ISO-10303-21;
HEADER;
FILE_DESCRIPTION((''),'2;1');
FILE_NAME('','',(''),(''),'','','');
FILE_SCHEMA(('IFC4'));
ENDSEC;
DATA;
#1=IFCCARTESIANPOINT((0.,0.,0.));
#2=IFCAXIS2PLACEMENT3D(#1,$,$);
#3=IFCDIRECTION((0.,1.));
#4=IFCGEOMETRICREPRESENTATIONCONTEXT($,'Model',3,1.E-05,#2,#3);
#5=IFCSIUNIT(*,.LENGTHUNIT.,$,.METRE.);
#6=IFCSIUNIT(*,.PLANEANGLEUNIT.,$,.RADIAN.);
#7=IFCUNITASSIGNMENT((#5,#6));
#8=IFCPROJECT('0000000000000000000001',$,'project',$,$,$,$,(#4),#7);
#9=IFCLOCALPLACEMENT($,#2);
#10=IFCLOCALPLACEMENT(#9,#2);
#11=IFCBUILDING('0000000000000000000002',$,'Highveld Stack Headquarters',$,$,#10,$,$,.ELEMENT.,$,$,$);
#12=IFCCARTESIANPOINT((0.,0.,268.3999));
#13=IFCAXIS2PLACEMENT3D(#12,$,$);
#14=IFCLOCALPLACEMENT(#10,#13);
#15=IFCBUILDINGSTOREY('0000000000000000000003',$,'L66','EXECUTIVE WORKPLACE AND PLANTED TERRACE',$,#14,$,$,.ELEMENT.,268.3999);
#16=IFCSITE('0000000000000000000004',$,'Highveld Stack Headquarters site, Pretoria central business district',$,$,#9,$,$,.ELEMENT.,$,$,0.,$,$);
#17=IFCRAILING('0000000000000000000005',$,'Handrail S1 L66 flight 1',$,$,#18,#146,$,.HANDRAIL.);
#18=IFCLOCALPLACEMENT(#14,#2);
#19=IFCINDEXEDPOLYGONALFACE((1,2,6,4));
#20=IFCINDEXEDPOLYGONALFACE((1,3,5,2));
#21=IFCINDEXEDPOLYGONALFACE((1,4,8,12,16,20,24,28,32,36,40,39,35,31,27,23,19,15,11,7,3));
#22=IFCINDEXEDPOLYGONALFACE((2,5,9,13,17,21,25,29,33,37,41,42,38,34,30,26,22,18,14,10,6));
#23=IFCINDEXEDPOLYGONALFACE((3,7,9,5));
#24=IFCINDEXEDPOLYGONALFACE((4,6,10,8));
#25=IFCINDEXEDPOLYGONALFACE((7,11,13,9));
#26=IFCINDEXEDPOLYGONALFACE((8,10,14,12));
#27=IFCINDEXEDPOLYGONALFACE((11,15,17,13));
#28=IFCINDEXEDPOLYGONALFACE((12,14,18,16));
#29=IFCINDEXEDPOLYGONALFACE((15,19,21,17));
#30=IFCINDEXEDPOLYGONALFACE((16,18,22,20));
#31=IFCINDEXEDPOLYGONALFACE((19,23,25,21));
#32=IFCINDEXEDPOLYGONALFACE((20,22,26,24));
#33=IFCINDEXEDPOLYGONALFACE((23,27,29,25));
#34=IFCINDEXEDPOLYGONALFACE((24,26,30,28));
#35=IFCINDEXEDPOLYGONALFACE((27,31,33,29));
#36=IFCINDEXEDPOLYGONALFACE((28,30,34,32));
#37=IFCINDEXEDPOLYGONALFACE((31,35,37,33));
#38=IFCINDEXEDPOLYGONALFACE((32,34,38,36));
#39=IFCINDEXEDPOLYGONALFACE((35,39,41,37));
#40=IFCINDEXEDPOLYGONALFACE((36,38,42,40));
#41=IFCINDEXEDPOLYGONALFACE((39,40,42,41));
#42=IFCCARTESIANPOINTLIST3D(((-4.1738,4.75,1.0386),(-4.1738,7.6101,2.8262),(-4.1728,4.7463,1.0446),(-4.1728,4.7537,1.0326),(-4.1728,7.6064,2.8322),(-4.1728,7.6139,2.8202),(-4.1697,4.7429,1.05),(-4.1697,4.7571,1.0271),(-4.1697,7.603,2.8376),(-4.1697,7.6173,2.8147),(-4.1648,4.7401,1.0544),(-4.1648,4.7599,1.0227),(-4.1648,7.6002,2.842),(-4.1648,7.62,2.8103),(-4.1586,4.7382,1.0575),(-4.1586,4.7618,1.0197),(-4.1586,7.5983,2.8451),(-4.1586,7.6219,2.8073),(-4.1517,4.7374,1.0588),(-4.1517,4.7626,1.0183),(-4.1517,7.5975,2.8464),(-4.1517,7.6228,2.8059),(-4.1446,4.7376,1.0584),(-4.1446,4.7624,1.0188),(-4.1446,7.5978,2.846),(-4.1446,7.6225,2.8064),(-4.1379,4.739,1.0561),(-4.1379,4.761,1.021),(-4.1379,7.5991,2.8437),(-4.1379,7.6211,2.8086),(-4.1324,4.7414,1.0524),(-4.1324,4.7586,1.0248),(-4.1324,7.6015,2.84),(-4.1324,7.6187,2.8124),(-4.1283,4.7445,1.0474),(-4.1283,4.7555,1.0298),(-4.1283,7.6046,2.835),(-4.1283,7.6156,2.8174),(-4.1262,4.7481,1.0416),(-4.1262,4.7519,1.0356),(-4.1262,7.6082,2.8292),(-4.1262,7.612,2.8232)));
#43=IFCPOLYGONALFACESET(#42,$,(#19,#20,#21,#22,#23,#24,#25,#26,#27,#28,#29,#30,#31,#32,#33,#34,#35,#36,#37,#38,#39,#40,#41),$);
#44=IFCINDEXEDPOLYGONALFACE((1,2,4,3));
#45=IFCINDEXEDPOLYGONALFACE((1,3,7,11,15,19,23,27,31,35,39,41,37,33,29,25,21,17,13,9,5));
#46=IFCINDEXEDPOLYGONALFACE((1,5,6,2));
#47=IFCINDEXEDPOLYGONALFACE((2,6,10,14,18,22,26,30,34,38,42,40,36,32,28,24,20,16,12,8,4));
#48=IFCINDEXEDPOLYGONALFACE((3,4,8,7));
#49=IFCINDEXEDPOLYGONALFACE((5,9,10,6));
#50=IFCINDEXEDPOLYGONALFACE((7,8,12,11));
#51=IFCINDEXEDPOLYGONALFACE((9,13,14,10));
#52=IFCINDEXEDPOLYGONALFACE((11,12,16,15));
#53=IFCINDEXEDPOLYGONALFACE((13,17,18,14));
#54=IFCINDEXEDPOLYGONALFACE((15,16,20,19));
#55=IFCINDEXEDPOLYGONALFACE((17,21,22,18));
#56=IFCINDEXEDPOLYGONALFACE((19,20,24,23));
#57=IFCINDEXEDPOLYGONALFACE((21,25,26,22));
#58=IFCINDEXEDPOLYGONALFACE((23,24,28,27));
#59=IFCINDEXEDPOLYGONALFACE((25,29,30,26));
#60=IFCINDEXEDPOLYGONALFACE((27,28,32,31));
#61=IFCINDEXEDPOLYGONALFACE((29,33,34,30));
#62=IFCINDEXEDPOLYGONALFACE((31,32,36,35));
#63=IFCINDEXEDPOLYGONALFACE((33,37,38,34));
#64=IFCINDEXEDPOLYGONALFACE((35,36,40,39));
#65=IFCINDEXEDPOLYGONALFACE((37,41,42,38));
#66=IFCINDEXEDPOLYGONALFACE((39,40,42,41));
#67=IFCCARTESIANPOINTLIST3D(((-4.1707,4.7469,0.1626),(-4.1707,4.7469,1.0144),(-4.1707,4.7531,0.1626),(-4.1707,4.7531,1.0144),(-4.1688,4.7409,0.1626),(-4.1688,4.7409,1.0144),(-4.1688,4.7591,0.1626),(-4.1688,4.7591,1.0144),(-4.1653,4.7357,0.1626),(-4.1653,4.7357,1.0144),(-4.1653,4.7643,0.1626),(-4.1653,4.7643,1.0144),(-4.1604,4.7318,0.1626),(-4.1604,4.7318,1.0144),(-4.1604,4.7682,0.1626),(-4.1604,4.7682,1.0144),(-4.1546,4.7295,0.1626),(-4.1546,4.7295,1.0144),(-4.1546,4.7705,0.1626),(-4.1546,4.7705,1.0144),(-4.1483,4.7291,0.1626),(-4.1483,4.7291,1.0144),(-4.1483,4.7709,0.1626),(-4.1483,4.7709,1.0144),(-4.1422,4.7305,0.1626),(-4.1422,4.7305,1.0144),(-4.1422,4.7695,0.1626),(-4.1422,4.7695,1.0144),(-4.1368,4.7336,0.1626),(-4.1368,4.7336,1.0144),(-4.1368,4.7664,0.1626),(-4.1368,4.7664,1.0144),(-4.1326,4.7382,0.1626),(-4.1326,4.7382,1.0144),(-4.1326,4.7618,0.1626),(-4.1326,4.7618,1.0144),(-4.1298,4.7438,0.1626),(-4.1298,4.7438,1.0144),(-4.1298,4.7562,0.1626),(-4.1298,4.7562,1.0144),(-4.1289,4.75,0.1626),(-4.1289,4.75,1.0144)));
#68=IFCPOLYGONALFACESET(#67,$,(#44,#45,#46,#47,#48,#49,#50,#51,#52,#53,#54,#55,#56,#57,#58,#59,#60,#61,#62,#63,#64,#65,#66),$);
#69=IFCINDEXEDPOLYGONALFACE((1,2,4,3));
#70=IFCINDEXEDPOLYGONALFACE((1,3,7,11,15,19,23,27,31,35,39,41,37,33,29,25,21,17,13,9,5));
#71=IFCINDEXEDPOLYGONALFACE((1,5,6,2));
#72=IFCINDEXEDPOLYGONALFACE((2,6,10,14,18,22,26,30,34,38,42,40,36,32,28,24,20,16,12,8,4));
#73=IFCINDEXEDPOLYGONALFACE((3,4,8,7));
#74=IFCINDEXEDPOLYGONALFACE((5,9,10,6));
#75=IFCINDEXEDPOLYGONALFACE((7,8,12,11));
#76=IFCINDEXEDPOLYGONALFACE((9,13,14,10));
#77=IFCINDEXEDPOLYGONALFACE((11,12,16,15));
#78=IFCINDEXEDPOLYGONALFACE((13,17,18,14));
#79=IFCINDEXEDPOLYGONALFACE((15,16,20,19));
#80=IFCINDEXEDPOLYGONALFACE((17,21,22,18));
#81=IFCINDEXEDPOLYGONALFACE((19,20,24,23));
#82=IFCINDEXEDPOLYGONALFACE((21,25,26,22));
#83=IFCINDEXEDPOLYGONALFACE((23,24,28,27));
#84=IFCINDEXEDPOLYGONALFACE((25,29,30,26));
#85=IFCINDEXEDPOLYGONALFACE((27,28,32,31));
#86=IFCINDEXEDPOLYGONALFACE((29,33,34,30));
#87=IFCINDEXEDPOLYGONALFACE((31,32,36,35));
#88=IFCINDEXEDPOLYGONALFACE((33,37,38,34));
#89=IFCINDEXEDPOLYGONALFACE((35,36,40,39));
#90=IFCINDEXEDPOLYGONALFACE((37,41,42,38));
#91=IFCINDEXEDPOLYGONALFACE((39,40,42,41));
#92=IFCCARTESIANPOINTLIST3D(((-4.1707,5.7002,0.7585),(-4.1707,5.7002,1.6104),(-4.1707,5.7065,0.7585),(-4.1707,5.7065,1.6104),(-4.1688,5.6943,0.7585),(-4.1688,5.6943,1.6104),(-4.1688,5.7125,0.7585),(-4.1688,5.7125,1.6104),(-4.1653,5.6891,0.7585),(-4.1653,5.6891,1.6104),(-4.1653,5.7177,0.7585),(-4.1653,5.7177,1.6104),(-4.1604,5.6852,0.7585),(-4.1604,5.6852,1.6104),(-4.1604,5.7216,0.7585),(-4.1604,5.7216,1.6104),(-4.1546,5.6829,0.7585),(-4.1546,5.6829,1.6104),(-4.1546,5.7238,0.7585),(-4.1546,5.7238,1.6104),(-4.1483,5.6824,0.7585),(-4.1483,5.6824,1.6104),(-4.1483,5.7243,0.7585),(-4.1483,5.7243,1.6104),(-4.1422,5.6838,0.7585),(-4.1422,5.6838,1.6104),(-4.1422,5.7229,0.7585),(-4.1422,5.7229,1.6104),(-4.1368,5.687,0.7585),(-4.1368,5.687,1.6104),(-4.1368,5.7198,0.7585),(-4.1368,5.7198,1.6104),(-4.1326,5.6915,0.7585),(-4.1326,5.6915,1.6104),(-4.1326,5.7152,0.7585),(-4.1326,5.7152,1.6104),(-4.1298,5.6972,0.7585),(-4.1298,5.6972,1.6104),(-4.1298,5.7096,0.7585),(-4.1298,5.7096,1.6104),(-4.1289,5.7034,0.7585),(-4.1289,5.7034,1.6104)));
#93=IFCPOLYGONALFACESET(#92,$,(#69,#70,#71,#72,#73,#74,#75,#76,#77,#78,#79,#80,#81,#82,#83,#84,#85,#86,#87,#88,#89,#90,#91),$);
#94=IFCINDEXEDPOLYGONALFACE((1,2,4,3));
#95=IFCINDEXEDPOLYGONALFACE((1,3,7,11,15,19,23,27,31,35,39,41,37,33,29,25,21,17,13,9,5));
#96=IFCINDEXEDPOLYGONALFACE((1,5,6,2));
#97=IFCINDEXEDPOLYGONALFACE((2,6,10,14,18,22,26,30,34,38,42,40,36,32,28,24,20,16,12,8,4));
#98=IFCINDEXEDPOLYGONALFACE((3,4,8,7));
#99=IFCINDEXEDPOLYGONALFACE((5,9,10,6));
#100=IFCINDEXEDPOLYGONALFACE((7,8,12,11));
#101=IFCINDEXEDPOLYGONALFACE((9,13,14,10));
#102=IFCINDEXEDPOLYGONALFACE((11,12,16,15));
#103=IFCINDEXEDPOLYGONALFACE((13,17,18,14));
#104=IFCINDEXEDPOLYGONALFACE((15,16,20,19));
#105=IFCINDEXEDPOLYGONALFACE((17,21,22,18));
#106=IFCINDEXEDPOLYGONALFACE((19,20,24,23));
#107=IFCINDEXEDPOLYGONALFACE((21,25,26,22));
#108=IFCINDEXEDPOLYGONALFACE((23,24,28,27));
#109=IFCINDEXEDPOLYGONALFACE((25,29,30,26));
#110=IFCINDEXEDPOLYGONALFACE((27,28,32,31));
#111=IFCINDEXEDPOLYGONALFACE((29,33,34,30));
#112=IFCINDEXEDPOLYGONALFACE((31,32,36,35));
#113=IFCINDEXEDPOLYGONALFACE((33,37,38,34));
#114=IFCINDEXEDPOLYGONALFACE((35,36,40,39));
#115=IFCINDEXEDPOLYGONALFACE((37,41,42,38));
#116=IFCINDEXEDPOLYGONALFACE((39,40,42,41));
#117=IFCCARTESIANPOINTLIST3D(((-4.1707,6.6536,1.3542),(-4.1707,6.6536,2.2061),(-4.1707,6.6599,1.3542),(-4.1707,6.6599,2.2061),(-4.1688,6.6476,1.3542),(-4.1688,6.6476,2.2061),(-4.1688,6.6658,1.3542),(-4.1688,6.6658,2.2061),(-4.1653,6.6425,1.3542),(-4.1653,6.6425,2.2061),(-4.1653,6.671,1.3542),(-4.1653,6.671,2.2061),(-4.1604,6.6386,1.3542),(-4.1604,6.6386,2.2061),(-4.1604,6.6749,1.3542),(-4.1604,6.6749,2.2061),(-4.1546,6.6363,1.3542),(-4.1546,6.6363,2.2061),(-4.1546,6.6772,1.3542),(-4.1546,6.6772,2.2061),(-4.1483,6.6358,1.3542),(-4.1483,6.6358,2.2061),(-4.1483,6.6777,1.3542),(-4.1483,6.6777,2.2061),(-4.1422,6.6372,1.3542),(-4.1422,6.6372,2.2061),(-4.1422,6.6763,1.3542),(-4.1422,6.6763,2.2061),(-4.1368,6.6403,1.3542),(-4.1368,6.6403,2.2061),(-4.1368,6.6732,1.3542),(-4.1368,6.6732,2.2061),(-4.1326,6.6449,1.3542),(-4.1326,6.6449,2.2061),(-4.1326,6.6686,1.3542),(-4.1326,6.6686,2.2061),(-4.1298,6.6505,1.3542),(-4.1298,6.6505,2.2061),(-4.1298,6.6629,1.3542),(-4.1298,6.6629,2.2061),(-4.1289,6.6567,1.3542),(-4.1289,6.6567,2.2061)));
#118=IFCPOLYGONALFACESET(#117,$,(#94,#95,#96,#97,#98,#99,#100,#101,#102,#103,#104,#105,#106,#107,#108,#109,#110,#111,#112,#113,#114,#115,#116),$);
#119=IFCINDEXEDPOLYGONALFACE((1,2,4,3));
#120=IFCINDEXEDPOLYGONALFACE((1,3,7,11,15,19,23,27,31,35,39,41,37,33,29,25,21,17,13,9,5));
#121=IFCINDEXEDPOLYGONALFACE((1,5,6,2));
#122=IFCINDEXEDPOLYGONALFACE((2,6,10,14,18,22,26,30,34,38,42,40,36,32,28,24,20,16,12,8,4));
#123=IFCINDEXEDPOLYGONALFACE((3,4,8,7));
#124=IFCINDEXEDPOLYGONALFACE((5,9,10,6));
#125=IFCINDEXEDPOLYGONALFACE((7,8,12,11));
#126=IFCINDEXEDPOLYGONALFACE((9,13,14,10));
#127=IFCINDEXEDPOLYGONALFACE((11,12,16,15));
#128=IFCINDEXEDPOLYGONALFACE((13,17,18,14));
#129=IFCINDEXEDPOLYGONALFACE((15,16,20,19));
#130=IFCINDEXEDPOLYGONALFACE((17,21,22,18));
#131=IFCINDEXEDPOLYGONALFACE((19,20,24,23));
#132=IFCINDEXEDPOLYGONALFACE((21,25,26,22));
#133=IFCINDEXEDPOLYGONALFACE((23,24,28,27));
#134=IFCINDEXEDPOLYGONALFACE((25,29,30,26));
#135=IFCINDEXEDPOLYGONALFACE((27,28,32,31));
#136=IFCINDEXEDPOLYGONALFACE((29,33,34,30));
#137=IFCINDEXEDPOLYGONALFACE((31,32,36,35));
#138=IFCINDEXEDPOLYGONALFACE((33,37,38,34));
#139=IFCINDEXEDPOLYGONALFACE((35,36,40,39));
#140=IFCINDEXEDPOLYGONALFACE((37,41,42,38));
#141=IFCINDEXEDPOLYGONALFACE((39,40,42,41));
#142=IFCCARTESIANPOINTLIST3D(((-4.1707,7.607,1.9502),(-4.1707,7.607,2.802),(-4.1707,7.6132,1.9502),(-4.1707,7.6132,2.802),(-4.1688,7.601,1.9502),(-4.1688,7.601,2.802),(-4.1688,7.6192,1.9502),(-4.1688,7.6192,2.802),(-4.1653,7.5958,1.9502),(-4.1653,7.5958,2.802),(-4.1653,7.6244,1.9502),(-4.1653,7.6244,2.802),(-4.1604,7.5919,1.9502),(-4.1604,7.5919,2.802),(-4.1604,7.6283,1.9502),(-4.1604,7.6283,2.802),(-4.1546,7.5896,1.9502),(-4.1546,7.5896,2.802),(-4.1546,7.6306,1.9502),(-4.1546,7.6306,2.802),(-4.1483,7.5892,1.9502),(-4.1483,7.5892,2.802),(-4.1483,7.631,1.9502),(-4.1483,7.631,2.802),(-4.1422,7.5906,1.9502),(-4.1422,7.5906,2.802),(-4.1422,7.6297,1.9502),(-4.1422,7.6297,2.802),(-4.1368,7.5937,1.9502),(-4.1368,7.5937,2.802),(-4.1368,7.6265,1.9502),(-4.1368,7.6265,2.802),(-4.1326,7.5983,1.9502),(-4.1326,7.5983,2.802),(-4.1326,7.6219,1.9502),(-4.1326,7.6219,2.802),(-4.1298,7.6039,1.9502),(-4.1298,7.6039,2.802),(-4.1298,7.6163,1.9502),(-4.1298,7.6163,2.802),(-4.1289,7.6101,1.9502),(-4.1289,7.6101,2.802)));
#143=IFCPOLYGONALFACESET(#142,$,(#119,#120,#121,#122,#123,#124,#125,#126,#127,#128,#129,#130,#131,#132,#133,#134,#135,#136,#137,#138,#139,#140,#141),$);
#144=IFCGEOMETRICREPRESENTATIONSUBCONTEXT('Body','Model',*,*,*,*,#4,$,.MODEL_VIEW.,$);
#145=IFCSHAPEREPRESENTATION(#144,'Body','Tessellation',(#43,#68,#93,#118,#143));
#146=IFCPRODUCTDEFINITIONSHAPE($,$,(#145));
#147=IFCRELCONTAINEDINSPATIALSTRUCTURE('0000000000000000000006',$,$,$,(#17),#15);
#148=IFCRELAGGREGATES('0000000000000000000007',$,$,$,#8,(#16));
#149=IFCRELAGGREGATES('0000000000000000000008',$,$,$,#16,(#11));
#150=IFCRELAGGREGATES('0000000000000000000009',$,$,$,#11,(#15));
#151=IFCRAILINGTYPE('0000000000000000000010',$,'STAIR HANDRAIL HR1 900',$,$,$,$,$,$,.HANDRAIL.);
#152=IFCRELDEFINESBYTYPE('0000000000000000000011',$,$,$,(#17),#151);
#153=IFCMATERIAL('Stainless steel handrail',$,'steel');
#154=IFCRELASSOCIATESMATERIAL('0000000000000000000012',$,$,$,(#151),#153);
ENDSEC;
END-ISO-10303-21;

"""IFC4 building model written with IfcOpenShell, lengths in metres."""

from ifc_helpers import new_model, si_unit, direction, frame, origin, origin_2d, place, context, subcontext, project, spatial, circle, extrude, material, type_object, element, save


model = new_model("IFC4")

# Units and contexts
model_context = context("Model", 3, precision=1e-05, world=origin(), true_north=direction((0.0, 1.0)))
body_context = subcontext(model_context, "Body", "Model", "MODEL_VIEW")
ifc_project = project(units=[si_unit("LENGTHUNIT", "METRE"), si_unit("PLANEANGLEUNIT", "RADIAN")], contexts=[model_context])

# Site, building, storey
site_placement = place(None, origin())
site = spatial("IfcSite", under=ifc_project, at=site_placement, Name="Highveld Stack Headquarters site, Pretoria central business district", CompositionType="ELEMENT", RefElevation=0.0)
building_placement = place(site_placement, origin())
building = spatial("IfcBuilding", under=site, at=building_placement, Name="Highveld Stack Headquarters", CompositionType="ELEMENT")
storey_placement = place(building_placement, frame((0.0, 0.0, 268.3999)))
storey = spatial("IfcBuildingStorey", under=building, at=storey_placement, Name="L66", Description="EXECUTIVE WORKPLACE AND PLANTED TERRACE", CompositionType="ELEMENT", Elevation=268.3999)

# Railing
ifc_material_1 = material(Name="Stainless steel handrail", Category="steel")
railing_type = type_object("IfcRailingType", Name="STAIR HANDRAIL HR1 900", PredefinedType="HANDRAIL", material=ifc_material_1)
for number, where, name in (
    (1, (-4.1499, 4.75, 0.1626), "Handrail S1 L66 flight 1"),
):
    element("IfcRailing", number, at=place(storey_placement, frame(where)), inside=storey, type_object=railing_type, Name=name, PredefinedType="HANDRAIL", context=body_context, shape_type="SweptSolid", body=[
        extrude(circle(Radius=0.0239, at=origin_2d()), frame((0.0, 0.0, 0.876), z_axis=(0.0, 0.847994, 0.530005), x_axis=(-1.0, 0.0, 0.0)), (0.0, 0.0, 1.0), 3.3728),
        extrude(circle(Radius=0.021, at=origin_2d()), origin(), (0.0, 0.0, 1.0), 0.8518),
        extrude(circle(Radius=0.021, at=origin_2d()), frame((0.0, 0.9534, 0.5959)), (0.0, 0.0, 1.0), 0.8518),
        extrude(circle(Radius=0.021, at=origin_2d()), frame((0.0, 1.9067, 1.1917)), (0.0, 0.0, 1.0), 0.8518),
        extrude(circle(Radius=0.021, at=origin_2d()), frame((0.0, 2.8601, 1.7876)), (0.0, 0.0, 1.0), 0.8518),
    ])

save(model, "model.ifc")
